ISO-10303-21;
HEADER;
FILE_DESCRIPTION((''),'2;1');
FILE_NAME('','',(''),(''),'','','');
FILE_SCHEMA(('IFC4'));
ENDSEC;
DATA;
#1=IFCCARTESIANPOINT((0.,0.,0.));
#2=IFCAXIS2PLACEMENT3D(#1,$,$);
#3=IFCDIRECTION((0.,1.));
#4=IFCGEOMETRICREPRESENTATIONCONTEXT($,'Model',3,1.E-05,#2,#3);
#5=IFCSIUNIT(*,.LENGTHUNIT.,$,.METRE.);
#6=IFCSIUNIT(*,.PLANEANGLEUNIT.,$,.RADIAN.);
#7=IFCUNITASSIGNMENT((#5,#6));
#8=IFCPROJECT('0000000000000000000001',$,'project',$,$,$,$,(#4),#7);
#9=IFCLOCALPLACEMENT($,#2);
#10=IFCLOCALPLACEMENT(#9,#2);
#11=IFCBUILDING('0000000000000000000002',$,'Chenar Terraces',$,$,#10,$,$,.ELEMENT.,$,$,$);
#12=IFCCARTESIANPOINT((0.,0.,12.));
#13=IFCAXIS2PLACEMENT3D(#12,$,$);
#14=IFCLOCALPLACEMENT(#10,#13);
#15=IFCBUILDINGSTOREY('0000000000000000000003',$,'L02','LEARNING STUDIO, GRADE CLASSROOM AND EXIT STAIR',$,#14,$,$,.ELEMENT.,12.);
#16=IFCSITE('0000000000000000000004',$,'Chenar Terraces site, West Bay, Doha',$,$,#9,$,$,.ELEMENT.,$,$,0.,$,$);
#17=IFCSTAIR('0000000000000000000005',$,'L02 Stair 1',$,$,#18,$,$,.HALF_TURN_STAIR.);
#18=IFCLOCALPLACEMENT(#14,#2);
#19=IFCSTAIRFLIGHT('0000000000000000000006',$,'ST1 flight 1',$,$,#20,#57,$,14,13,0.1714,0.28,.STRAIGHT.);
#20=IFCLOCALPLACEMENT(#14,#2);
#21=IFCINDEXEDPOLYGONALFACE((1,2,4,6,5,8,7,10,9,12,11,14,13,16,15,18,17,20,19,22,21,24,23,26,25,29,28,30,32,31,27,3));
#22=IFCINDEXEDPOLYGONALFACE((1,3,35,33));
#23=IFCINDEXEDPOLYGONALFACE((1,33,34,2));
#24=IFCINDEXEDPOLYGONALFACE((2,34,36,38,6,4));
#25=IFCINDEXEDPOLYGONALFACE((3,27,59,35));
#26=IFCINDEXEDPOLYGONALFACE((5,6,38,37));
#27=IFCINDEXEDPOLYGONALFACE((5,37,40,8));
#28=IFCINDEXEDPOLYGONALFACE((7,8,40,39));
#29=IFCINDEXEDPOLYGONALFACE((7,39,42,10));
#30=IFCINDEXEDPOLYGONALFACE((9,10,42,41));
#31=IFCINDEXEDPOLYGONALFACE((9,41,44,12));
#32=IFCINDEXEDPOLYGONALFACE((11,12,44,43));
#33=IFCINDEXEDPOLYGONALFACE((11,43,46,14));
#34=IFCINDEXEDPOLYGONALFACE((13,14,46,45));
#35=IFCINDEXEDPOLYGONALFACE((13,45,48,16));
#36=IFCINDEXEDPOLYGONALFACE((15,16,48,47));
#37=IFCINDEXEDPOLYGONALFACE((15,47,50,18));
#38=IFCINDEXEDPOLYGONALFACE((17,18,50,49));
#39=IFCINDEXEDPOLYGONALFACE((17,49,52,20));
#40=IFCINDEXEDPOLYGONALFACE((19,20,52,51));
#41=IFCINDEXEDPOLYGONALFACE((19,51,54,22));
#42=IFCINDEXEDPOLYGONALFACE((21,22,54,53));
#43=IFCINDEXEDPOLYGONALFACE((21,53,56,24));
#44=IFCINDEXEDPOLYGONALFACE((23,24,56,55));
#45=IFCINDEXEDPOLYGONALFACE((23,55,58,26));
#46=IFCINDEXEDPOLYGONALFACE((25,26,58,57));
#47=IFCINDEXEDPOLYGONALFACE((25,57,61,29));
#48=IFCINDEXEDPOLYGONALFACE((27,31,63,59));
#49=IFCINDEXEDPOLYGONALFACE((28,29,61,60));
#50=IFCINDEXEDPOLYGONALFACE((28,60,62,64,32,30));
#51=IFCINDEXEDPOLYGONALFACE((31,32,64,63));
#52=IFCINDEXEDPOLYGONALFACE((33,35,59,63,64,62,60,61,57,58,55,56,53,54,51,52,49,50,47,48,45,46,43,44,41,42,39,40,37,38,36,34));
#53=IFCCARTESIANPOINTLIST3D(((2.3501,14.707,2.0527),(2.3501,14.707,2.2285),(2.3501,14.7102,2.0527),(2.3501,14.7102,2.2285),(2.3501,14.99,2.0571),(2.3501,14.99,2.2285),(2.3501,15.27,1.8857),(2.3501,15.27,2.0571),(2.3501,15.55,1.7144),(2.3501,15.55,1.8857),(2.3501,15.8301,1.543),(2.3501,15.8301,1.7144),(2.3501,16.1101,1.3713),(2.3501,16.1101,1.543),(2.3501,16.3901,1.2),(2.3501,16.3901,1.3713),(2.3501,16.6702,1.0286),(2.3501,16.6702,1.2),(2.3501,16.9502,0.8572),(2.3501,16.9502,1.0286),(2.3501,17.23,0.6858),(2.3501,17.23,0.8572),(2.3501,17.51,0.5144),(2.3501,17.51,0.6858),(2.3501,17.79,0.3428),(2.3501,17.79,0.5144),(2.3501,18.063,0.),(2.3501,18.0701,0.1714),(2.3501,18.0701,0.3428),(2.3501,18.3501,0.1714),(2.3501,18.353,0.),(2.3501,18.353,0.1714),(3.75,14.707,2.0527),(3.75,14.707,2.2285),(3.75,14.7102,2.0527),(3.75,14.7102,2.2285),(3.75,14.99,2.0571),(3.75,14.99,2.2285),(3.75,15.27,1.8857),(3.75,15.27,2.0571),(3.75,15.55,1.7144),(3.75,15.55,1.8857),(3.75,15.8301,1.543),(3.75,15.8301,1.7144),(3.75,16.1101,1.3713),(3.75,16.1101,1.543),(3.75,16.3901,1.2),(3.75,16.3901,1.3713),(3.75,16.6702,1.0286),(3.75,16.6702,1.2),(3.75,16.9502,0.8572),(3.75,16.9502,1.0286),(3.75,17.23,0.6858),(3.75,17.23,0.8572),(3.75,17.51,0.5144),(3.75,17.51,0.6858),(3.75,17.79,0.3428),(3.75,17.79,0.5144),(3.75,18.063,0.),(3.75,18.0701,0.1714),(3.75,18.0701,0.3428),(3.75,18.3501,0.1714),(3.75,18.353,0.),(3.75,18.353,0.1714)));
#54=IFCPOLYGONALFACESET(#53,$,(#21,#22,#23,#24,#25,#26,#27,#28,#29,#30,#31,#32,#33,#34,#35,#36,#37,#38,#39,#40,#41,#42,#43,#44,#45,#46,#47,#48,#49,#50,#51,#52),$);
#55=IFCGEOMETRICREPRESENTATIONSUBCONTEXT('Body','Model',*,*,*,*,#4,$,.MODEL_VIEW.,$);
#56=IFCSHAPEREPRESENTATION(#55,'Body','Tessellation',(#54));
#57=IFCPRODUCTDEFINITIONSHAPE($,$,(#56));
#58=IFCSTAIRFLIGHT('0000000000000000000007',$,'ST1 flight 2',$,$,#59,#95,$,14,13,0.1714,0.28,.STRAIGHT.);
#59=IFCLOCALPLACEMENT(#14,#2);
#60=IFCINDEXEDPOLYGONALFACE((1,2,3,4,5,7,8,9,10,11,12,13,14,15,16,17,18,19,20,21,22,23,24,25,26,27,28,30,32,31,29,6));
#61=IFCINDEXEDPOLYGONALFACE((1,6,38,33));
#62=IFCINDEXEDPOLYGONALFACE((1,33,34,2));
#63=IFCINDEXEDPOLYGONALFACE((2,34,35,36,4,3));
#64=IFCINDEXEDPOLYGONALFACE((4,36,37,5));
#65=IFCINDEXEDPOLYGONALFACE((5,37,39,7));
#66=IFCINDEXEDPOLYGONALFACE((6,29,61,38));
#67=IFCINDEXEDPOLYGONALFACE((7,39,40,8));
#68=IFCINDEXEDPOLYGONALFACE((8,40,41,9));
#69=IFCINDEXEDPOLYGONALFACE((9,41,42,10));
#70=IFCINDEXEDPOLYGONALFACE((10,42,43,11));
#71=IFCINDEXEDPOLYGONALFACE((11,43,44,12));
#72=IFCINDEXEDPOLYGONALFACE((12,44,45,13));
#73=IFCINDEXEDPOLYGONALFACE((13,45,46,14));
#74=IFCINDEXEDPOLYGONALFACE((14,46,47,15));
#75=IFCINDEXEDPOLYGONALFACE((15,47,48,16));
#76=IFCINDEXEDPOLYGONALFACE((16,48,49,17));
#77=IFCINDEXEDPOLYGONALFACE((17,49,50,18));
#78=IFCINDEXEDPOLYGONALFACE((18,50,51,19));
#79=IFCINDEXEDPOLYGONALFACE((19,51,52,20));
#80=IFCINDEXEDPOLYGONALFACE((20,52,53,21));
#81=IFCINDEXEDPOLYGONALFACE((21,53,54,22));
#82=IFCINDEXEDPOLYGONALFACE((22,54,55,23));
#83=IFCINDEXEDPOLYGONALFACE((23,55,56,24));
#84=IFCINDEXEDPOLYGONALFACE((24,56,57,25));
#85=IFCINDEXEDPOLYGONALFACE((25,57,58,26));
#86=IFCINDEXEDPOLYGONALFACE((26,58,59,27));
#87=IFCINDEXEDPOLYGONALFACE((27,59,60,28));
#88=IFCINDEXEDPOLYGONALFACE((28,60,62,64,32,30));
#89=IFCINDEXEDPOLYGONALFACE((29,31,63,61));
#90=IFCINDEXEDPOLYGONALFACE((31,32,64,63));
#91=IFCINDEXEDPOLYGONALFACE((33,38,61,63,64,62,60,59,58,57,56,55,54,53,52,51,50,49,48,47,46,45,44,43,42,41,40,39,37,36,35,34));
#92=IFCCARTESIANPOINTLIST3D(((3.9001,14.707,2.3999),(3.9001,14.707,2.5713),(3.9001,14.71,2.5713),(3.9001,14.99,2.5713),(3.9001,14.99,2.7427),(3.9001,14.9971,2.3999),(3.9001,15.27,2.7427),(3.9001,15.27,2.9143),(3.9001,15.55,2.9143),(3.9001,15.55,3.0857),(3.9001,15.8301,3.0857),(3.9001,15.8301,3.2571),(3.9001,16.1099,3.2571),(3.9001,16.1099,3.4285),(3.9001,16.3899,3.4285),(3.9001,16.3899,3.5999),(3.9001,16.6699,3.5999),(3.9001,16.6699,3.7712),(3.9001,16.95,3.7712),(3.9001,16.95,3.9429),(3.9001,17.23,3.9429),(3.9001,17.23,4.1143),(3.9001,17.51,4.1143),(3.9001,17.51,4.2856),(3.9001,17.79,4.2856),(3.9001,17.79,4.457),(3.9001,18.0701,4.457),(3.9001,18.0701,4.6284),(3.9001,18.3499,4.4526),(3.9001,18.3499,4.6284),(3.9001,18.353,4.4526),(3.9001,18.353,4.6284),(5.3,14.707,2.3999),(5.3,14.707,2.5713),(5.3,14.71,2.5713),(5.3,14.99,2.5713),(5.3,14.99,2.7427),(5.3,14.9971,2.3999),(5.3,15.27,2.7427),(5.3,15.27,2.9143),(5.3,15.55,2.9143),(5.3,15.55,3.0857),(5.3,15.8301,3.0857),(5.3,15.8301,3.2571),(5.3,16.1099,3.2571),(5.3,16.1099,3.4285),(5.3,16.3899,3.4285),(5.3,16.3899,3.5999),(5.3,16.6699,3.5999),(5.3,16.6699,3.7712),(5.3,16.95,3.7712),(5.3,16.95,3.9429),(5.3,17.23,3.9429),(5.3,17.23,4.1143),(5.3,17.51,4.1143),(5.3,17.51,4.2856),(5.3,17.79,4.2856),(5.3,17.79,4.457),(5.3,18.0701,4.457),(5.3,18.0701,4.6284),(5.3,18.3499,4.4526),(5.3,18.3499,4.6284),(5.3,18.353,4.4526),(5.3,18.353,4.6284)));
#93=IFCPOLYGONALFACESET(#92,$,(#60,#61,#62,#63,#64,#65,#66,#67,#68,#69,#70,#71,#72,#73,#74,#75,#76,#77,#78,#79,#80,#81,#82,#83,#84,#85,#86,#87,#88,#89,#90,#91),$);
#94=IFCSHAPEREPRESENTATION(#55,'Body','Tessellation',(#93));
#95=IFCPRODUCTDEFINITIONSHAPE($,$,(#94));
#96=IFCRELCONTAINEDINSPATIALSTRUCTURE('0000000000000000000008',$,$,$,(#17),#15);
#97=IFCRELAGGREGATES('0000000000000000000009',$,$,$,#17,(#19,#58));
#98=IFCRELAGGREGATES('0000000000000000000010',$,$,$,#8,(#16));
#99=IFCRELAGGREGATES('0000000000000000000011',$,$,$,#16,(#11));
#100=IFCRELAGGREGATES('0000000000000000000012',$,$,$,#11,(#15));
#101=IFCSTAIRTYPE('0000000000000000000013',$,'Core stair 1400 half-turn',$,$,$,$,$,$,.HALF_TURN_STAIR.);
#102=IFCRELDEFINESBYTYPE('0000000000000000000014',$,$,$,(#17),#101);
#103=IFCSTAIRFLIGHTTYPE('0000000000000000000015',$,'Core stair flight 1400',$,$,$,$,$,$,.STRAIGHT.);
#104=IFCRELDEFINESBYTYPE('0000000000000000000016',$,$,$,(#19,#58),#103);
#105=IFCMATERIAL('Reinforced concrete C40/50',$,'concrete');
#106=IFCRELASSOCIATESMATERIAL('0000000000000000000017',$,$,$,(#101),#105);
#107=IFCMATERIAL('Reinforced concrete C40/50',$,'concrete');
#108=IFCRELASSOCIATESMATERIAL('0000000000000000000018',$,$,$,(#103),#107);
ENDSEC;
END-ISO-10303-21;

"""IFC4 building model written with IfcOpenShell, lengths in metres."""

from ifc_helpers import new_model, si_unit, direction, frame, origin, place, context, subcontext, project, spatial, polyline, outline, extrude, material, type_object, element, aggregate, save


model = new_model("IFC4")

# Units and contexts
model_context = context("Model", 3, precision=1e-05, world=origin(), true_north=direction((0.0, 1.0)))
body_context = subcontext(model_context, "Body", "Model", "MODEL_VIEW")
ifc_project = project(units=[si_unit("LENGTHUNIT", "METRE"), si_unit("PLANEANGLEUNIT", "RADIAN")], contexts=[model_context])

# Site, building, storey
site_placement = place(None, origin())
site = spatial("IfcSite", under=ifc_project, at=site_placement, Name="Chenar Terraces site, West Bay, Doha", CompositionType="ELEMENT", RefElevation=0.0)
building_placement = place(site_placement, origin())
building = spatial("IfcBuilding", under=site, at=building_placement, Name="Chenar Terraces", CompositionType="ELEMENT")
storey_placement = place(building_placement, frame((0.0, 0.0, 12.0)))
storey = spatial("IfcBuildingStorey", under=building, at=storey_placement, Name="L02", Description="LEARNING STUDIO, GRADE CLASSROOM AND EXIT STAIR", CompositionType="ELEMENT", Elevation=12.0)

# Stair, stair flights
ifc_material_1 = material(Name="Reinforced concrete C40/50", Category="concrete")
stair_type = type_object("IfcStairType", Name="Core stair 1400 half-turn", PredefinedType="HALF_TURN_STAIR", material=ifc_material_1)
stair_placement = place(storey_placement, origin())
stair = element("IfcStair", 1, at=stair_placement, inside=storey, type_object=stair_type, Name="L02 Stair 1", PredefinedType="HALF_TURN_STAIR")
ifc_material_2 = material(Name="Reinforced concrete C40/50", Category="concrete")
stair_flight_type = type_object("IfcStairFlightType", Name="Core stair flight 1400", PredefinedType="STRAIGHT", material=ifc_material_2)
stair_flight_1_placement = place(storey_placement, frame((3.05, 18.3501, 0.0), z_axis=(0.0, 0.0, 1.0), x_axis=(0.0, -1.0, 0.0)))
stair_flight_1 = element("IfcStairFlight", 2, at=stair_flight_1_placement, type_object=stair_flight_type, Name="ST1 flight 1", NumberOfRisers=14, NumberOfTreads=13, PredefinedType="STRAIGHT", RiserHeight=0.1714, TreadLength=0.28, context=body_context, shape_type="SweptSolid", body=[
    extrude(outline(polyline([(-0.0029, 0.0), (-0.0029, 0.1714), (0.0, 0.1714), (0.28, 0.1714), (0.28, 0.3428), (0.5601, 0.3428), (0.5601, 0.5144), (0.8401, 0.5144), (0.8401, 0.6858), (1.1201, 0.6858), (1.1201, 0.8572), (1.3999, 0.8572), (1.3999, 1.0286), (1.6799, 1.0286), (1.6799, 1.2), (1.96, 1.2), (1.96, 1.3713), (2.24, 1.3713), (2.24, 1.543), (2.52, 1.543), (2.52, 1.7144), (2.8, 1.7144), (2.8, 1.8857), (3.0801, 1.8857), (3.0801, 2.0571), (3.3601, 2.0571), (3.3601, 2.2285), (3.6399, 2.2285), (3.6431, 2.2285), (3.6431, 2.0527), (3.6399, 2.0527), (0.2871, 0.0), (-0.0029, 0.0)])), frame((0.0, 0.7, 0.0), z_axis=(0.0, -1.0, 0.0), x_axis=(1.0, 0.0, 0.0)), (0.0, 0.0, 1.0), 1.3999),
])
stair_flight_2_placement = place(storey_placement, frame((4.6001, 14.71, 2.3999), z_axis=(0.0, 0.0, 1.0), x_axis=(0.0, 1.0, 0.0)))
stair_flight_2 = element("IfcStairFlight", 3, at=stair_flight_2_placement, type_object=stair_flight_type, Name="ST1 flight 2", NumberOfRisers=14, NumberOfTreads=13, PredefinedType="STRAIGHT", RiserHeight=0.1714, TreadLength=0.28, context=body_context, shape_type="SweptSolid", body=[
    extrude(outline(polyline([(-0.0029, 0.0), (-0.0029, 0.1714), (0.0, 0.1714), (0.28, 0.1714), (0.28, 0.3428), (0.5601, 0.3428), (0.5601, 0.5144), (0.8401, 0.5144), (0.8401, 0.6858), (1.1201, 0.6858), (1.1201, 0.8572), (1.3999, 0.8572), (1.3999, 1.0286), (1.6799, 1.0286), (1.6799, 1.2), (1.96, 1.2), (1.96, 1.3713), (2.24, 1.3713), (2.24, 1.543), (2.52, 1.543), (2.52, 1.7144), (2.8, 1.7144), (2.8, 1.8857), (3.0801, 1.8857), (3.0801, 2.0571), (3.3601, 2.0571), (3.3601, 2.2285), (3.6399, 2.2285), (3.6431, 2.2285), (3.6431, 2.0527), (3.6399, 2.0527), (0.2871, 0.0), (-0.0029, 0.0)])), frame((0.0, 0.7, 0.0), z_axis=(0.0, -1.0, 0.0), x_axis=(1.0, 0.0, 0.0)), (0.0, 0.0, 1.0), 1.3999),
])
aggregate(stair, [stair_flight_1, stair_flight_2])

save(model, "model.ifc")
